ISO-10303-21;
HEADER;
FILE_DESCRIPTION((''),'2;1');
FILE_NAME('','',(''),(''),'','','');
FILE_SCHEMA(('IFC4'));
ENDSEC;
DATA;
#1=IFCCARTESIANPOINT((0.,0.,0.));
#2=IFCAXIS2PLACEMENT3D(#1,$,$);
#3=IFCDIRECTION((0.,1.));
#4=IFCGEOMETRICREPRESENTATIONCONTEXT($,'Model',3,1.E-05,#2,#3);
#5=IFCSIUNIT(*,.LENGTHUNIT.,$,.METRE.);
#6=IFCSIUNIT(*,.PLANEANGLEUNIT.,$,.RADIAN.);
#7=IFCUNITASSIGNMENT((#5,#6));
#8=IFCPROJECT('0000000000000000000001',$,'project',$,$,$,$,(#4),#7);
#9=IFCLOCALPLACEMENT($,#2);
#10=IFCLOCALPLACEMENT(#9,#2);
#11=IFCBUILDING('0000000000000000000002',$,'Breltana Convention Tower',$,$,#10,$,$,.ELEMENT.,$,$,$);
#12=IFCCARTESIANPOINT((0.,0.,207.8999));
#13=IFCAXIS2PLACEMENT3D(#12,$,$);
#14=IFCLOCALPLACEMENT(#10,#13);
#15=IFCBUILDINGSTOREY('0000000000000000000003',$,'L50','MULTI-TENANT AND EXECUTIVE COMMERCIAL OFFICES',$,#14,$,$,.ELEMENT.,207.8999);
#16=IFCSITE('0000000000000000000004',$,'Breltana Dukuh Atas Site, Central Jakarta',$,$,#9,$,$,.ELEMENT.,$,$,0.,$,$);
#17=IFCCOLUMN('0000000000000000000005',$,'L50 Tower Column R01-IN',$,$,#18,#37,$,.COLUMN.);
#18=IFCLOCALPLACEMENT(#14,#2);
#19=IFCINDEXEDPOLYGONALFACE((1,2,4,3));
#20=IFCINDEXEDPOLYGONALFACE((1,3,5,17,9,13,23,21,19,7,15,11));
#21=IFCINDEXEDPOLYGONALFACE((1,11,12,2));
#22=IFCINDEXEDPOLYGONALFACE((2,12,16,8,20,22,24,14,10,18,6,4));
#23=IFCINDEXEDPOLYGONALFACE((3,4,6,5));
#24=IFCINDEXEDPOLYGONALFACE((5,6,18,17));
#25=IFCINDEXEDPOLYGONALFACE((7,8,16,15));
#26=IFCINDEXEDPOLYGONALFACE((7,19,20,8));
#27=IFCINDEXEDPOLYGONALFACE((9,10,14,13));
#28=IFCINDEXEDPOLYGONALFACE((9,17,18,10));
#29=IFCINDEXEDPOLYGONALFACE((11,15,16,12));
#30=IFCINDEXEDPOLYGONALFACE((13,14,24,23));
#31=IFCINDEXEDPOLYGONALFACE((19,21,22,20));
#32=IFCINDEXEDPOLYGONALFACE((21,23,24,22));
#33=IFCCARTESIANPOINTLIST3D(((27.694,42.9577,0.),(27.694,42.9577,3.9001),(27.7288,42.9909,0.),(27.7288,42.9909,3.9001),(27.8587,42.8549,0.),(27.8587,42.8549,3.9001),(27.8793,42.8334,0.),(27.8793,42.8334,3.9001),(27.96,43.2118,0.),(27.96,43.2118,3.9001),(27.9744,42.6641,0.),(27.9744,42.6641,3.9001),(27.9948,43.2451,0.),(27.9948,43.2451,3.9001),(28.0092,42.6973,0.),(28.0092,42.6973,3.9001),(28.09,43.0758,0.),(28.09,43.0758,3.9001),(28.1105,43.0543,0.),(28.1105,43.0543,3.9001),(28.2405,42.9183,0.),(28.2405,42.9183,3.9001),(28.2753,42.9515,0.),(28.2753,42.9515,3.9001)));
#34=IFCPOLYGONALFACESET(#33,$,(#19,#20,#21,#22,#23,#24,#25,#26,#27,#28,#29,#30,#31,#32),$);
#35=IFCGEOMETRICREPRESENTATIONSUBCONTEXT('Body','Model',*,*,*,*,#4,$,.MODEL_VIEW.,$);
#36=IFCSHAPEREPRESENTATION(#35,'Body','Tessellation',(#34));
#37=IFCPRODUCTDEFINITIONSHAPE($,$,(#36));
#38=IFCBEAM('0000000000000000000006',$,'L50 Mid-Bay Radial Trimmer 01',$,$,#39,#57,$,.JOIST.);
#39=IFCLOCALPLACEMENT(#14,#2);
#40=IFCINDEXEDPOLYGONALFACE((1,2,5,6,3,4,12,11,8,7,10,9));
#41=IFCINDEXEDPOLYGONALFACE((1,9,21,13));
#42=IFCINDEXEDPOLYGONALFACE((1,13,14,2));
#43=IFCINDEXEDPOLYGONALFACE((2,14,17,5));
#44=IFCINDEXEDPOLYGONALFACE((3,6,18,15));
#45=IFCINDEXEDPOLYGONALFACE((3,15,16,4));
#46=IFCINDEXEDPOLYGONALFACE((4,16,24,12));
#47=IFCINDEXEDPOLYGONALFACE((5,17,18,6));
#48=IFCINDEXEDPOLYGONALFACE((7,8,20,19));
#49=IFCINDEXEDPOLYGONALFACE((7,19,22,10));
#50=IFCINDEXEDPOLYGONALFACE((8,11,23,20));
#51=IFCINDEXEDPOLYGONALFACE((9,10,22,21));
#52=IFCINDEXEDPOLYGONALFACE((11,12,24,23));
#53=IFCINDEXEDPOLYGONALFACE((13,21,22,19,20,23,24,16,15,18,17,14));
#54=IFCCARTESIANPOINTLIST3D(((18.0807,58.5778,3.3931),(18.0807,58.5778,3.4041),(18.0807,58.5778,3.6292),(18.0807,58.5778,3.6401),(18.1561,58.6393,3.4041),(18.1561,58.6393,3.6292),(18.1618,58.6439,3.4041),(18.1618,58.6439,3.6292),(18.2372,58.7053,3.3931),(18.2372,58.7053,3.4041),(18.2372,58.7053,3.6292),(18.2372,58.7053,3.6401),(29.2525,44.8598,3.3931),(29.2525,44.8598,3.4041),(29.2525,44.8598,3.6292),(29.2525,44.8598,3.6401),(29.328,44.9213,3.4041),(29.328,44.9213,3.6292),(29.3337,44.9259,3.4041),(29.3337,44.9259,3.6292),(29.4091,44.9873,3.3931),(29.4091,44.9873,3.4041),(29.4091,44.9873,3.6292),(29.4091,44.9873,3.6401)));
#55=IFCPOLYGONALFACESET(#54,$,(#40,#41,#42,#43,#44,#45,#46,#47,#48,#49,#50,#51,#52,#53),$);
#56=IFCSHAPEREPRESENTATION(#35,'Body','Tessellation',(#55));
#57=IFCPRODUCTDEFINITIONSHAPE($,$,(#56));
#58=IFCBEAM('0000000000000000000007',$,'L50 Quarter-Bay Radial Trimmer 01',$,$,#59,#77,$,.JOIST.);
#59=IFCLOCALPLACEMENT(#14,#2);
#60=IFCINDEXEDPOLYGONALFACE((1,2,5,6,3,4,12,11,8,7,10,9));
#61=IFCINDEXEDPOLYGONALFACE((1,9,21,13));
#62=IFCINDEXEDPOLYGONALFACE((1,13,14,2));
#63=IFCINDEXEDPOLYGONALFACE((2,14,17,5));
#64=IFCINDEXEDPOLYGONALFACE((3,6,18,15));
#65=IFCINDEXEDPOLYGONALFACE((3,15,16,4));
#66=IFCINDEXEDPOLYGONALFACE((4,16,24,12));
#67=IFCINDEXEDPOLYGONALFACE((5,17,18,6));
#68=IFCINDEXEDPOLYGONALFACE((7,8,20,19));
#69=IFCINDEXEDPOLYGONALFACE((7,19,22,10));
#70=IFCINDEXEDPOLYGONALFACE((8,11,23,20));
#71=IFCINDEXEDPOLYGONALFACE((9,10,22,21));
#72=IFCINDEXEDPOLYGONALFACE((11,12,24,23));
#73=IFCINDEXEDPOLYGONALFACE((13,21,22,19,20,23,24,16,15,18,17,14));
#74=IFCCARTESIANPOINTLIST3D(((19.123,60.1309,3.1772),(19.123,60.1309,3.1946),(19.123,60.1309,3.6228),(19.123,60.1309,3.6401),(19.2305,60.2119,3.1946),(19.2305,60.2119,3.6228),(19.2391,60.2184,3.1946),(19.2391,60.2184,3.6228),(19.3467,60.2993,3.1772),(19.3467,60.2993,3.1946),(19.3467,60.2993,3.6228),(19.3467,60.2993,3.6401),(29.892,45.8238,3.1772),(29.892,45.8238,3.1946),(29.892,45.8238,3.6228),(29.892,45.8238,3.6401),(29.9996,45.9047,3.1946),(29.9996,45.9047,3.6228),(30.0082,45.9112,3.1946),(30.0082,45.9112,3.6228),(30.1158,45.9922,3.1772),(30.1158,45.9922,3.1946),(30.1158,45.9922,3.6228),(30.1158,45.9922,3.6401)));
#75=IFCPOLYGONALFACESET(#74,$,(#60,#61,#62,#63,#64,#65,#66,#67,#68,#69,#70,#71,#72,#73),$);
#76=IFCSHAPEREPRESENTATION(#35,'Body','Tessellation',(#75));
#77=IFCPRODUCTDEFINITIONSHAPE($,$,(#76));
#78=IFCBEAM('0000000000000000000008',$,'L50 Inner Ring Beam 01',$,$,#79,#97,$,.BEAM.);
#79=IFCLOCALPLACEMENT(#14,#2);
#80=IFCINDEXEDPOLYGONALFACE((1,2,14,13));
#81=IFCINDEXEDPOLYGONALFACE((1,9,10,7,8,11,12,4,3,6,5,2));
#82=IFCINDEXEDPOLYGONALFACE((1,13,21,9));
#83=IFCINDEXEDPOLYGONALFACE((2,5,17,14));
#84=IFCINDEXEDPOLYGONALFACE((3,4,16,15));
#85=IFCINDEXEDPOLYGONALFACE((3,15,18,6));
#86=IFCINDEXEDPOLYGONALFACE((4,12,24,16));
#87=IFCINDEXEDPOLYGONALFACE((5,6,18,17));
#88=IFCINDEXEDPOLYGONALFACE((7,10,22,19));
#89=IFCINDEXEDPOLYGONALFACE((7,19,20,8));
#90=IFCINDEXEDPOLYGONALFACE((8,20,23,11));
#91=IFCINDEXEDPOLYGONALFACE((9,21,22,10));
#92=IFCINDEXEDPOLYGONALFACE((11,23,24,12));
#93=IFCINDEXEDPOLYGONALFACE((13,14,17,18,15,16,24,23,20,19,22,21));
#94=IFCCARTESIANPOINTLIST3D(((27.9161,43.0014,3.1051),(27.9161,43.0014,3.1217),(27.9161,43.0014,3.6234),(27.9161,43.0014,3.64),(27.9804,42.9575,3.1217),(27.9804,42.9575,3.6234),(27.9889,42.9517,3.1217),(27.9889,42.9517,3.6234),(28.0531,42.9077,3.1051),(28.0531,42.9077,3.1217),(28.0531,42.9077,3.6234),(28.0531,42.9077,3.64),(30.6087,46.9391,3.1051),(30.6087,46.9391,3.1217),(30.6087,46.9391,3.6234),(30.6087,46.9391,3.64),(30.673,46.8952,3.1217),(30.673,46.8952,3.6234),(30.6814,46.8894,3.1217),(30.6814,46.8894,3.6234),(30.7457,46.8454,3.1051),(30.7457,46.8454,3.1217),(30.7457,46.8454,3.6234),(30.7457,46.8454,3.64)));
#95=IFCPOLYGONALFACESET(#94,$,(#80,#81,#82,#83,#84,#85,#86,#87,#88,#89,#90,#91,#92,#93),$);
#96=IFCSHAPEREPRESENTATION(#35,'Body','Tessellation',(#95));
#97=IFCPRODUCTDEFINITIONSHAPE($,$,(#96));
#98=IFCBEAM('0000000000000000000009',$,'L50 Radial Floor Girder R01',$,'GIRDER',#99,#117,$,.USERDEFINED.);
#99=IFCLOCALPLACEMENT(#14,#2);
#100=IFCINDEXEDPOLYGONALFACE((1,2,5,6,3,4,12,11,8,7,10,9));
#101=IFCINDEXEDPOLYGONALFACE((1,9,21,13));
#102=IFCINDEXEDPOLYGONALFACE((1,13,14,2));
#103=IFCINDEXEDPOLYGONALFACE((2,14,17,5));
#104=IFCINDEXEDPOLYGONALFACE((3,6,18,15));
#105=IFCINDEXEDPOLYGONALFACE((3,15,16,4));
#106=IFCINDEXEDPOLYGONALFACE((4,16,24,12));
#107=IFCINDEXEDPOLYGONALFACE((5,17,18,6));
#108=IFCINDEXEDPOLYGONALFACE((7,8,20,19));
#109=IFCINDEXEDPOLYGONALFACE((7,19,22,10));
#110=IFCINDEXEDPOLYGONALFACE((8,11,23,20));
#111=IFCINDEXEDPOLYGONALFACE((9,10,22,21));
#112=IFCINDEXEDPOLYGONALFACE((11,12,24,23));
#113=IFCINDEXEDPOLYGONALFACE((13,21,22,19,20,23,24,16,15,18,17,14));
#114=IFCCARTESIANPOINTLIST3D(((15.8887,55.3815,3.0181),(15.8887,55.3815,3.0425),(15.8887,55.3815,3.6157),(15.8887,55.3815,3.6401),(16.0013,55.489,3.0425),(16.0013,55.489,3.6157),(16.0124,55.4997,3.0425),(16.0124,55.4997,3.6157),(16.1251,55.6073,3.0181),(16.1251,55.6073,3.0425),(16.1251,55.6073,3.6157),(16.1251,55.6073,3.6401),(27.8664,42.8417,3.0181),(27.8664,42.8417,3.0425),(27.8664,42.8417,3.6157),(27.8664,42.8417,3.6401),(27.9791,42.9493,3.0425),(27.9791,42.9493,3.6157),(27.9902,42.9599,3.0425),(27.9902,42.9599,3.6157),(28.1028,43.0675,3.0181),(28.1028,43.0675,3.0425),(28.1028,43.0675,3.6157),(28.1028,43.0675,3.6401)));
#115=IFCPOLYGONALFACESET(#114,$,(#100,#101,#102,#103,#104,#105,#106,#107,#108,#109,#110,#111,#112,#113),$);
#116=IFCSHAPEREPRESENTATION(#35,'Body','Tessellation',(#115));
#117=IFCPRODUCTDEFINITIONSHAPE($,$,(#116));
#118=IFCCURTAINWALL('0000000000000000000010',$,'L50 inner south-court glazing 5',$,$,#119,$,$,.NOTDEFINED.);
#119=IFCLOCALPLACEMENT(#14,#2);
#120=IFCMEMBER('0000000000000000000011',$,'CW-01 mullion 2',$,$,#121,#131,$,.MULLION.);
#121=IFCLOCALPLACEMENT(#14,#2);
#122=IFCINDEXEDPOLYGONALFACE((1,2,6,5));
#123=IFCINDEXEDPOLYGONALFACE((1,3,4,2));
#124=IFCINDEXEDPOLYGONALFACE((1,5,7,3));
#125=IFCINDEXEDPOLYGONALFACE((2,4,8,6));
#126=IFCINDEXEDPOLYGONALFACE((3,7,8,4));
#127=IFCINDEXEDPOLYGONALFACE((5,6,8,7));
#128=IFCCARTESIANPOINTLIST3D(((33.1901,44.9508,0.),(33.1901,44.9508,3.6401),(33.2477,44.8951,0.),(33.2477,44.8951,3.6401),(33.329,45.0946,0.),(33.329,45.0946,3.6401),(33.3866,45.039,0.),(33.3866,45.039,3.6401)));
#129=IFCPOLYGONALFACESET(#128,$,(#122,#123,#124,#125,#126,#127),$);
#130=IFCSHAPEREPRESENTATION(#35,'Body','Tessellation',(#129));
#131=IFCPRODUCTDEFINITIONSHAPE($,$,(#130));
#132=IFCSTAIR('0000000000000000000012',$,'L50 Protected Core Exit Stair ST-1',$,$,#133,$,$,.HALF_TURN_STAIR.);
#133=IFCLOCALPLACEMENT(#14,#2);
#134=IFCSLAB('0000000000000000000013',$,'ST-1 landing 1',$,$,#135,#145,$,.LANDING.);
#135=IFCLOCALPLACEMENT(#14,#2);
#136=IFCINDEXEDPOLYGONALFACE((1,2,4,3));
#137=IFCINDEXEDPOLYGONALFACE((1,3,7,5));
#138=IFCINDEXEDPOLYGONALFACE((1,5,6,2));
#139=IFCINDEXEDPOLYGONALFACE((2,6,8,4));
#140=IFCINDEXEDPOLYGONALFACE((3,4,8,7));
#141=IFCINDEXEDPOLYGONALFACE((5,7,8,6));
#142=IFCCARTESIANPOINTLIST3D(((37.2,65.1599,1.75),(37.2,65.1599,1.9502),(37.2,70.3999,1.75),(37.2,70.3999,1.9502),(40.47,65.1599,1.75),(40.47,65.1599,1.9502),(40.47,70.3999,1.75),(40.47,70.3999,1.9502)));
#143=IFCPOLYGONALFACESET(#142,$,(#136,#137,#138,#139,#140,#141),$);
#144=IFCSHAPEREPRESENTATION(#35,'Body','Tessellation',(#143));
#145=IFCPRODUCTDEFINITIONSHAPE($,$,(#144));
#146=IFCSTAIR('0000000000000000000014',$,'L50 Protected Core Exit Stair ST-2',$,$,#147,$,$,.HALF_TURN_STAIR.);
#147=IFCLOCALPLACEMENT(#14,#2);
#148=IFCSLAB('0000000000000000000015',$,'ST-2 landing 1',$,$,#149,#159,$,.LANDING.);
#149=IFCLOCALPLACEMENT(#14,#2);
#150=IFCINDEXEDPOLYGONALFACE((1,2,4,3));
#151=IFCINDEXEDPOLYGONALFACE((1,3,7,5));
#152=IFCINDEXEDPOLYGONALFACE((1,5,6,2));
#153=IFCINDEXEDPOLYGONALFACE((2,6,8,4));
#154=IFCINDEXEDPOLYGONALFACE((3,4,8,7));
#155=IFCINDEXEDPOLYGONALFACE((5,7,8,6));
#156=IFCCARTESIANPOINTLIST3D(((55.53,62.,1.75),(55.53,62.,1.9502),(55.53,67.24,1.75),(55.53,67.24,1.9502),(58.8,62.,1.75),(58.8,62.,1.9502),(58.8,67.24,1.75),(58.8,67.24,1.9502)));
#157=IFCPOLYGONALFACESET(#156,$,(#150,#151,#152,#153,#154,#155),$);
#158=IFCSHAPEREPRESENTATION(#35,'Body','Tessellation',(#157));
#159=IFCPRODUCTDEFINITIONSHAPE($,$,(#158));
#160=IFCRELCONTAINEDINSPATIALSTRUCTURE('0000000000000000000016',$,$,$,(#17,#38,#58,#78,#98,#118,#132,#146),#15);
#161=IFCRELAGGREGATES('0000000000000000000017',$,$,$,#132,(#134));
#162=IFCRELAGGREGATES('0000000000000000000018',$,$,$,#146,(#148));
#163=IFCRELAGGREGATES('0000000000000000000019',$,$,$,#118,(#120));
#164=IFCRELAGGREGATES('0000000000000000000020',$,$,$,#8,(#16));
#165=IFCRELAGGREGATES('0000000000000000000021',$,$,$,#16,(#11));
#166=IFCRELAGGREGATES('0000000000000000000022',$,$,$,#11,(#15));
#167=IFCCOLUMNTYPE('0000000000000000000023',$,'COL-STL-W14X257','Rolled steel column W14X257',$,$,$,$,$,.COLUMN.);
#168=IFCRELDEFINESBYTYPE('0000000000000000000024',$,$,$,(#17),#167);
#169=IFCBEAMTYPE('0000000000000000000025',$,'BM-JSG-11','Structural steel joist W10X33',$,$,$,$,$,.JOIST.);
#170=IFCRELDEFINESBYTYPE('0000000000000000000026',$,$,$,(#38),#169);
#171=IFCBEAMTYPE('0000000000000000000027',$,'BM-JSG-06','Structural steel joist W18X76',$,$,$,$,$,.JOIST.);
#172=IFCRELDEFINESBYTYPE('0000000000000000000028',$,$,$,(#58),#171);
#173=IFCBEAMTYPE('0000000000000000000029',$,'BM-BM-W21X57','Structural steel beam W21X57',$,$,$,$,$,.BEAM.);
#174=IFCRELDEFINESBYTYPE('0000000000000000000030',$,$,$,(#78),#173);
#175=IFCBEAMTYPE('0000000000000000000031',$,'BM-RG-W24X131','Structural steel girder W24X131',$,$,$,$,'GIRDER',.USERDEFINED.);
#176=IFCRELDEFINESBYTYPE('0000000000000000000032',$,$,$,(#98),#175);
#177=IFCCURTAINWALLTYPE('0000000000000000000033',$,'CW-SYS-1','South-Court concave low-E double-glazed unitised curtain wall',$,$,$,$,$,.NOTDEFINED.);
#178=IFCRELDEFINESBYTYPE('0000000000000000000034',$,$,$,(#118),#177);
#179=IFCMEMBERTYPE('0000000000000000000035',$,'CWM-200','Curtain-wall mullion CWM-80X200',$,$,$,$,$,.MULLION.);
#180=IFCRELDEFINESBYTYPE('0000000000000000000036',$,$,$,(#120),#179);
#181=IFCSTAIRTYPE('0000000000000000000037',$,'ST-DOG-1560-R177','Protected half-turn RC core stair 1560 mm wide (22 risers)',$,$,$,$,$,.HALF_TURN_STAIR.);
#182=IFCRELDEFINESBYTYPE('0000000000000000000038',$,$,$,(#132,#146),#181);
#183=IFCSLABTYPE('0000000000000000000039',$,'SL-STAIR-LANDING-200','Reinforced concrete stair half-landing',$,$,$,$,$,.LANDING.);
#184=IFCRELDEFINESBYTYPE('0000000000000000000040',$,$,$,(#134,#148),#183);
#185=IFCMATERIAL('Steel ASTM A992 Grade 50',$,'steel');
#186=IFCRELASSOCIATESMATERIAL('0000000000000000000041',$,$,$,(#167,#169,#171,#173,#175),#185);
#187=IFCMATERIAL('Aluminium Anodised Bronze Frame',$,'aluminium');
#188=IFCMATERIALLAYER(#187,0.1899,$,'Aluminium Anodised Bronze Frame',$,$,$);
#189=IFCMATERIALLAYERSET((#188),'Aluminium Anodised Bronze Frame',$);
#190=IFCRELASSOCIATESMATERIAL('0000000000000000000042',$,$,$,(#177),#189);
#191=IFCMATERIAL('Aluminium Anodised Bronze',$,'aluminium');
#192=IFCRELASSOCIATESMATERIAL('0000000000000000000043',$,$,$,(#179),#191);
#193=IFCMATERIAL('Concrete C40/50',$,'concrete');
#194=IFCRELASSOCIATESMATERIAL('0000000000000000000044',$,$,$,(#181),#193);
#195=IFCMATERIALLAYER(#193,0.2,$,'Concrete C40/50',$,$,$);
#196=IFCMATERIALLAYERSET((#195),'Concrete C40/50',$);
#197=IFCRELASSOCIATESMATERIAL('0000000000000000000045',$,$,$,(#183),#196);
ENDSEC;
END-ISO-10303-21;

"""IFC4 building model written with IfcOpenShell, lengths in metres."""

from ifc_helpers import new_model, si_unit, direction, frame, origin, origin_2d, place, context, subcontext, project, spatial, polyline, rectangle, i_section, outline, extrude, source, transform, mapped, material, layer, layer_set, material_profile, profile_set, type_object, type_shapes, element, aggregate, save


model = new_model("IFC4")

# Units and contexts
model_context = context("Model", 3, precision=1e-05, world=origin(), true_north=direction((0.0, 1.0)))
body_context = subcontext(model_context, "Body", "Model", "MODEL_VIEW")
ifc_project = project(units=[si_unit("LENGTHUNIT", "METRE"), si_unit("PLANEANGLEUNIT", "RADIAN")], contexts=[model_context])

# Site, building, storey
site_placement = place(None, origin())
site = spatial("IfcSite", under=ifc_project, at=site_placement, Name="Breltana Dukuh Atas Site, Central Jakarta", CompositionType="ELEMENT", RefElevation=0.0)
building_placement = place(site_placement, origin())
building = spatial("IfcBuilding", under=site, at=building_placement, Name="Breltana Convention Tower", CompositionType="ELEMENT")
storey_placement = place(building_placement, frame((0.0, 0.0, 207.8999)))
storey = spatial("IfcBuildingStorey", under=building, at=storey_placement, Name="L50", Description="MULTI-TENANT AND EXECUTIVE COMMERCIAL OFFICES", CompositionType="ELEMENT", Elevation=207.8999)

# Column
ifc_material_1 = material(Name="Steel ASTM A992 Grade 50", Category="steel")
ifc_material_profile_1 = material_profile(ifc_material_1, i_section(OverallWidth=0.406, OverallDepth=0.416, WebThickness=0.0298, FlangeThickness=0.0481, at=origin_2d()), Name="W14X257")
ifc_profile_set_1 = profile_set([ifc_material_profile_1], Name="Steel ASTM A992 Grade 50")
column_type = type_object("IfcColumnType", Name="COL-STL-W14X257", Description="Rolled steel column W14X257", PredefinedType="COLUMN", material=ifc_profile_set_1)
shared_shape_1 = source(origin(), body_context, "Body", "SweptSolid", [
    extrude(i_section(OverallWidth=0.406, OverallDepth=0.416, WebThickness=0.0298, FlangeThickness=0.0481, at=origin_2d()), origin(), (0.0, 0.0, 1.0), 3.9001),
])
column_placement = place(storey_placement, frame((27.9846, 42.9546, 0.0), z_axis=(0.0, 0.0, 1.0), x_axis=(-0.690756, 0.723088, 0.0)))
element("IfcColumn", 1, at=column_placement, inside=storey, type_object=column_type, Name="L50 Tower Column R01-IN", PredefinedType="COLUMN", context=body_context, shape_type="MappedRepresentation", body=[
    mapped(shared_shape_1, transform((0.0, 0.0, 0.0), scale=1.0)),
])

# Beams
ifc_material_profile_2 = material_profile(ifc_material_1, i_section(OverallWidth=0.2019, OverallDepth=0.2471, WebThickness=0.0073, FlangeThickness=0.011, at=origin_2d()), Name="W10X33")
ifc_profile_set_2 = profile_set([ifc_material_profile_2], Name="Steel ASTM A992 Grade 50")
beam_type_1 = type_object("IfcBeamType", Name="BM-JSG-11", Description="Structural steel joist W10X33", PredefinedType="JOIST", material=ifc_profile_set_2)
shared_shape_2 = source(origin(), body_context, "Body", "SweptSolid", [
    extrude(i_section(OverallWidth=0.2019, OverallDepth=0.2471, WebThickness=0.0073, FlangeThickness=0.011, at=origin_2d()), origin(), (0.0, 0.0, 1.0), 17.6917),
])
type_shapes(beam_type_1, [shared_shape_2])
beam_1_placement = place(storey_placement, frame((29.3308, 44.9236, 3.5166), z_axis=(-0.631477, 0.775395, 0.0), x_axis=(-0.775395, -0.631477, 0.0)))
element("IfcBeam", 2, at=beam_1_placement, inside=storey, type_object=beam_type_1, Name="L50 Mid-Bay Radial Trimmer 01", PredefinedType="JOIST", context=body_context, shape_type="MappedRepresentation", body=[
    mapped(shared_shape_2, transform((0.0, 0.0, 0.0), scale=1.0)),
])
ifc_material_profile_3 = material_profile(ifc_material_1, i_section(OverallWidth=0.28, OverallDepth=0.4629, WebThickness=0.0107, FlangeThickness=0.0173, at=origin_2d()), Name="W18X76")
ifc_profile_set_3 = profile_set([ifc_material_profile_3], Name="Steel ASTM A992 Grade 50")
beam_type_2 = type_object("IfcBeamType", Name="BM-JSG-06", Description="Structural steel joist W18X76", PredefinedType="JOIST", material=ifc_profile_set_3)
shared_shape_3 = source(origin(), body_context, "Body", "SweptSolid", [
    extrude(i_section(OverallWidth=0.28, OverallDepth=0.4629, WebThickness=0.0107, FlangeThickness=0.0173, at=origin_2d()), origin(), (0.0, 0.0, 1.0), 17.9072),
])
beam_2_placement = place(storey_placement, frame((30.0039, 45.908, 3.4087), z_axis=(-0.601382, 0.798962, 0.0), x_axis=(-0.798962, -0.601382, 0.0)))
element("IfcBeam", 3, at=beam_2_placement, inside=storey, type_object=beam_type_2, Name="L50 Quarter-Bay Radial Trimmer 01", PredefinedType="JOIST", context=body_context, shape_type="MappedRepresentation", body=[
    mapped(shared_shape_3, transform((0.0, 0.0, 0.0), scale=1.0)),
])
ifc_material_profile_4 = material_profile(ifc_material_1, i_section(OverallWidth=0.166, OverallDepth=0.5349, WebThickness=0.0103, FlangeThickness=0.0166, at=origin_2d()), Name="W21X57")
ifc_profile_set_4 = profile_set([ifc_material_profile_4], Name="Steel ASTM A992 Grade 50")
beam_type_3 = type_object("IfcBeamType", Name="BM-BM-W21X57", Description="Structural steel beam W21X57", PredefinedType="BEAM", material=ifc_profile_set_4)
shared_shape_4 = source(origin(), body_context, "Body", "SweptSolid", [
    extrude(i_section(OverallWidth=0.166, OverallDepth=0.5349, WebThickness=0.0103, FlangeThickness=0.0166, at=origin_2d()), origin(), (0.0, 0.0, 1.0), 4.7703),
])
beam_3_placement = place(storey_placement, frame((27.9846, 42.9546, 3.3726), z_axis=(0.564453, 0.825465, 0.0), x_axis=(-0.825465, 0.564453, 0.0)))
element("IfcBeam", 4, at=beam_3_placement, inside=storey, type_object=beam_type_3, Name="L50 Inner Ring Beam 01", PredefinedType="BEAM", context=body_context, shape_type="MappedRepresentation", body=[
    mapped(shared_shape_4, transform((0.0, 0.0, 0.0), scale=1.0)),
])
ifc_material_profile_5 = material_profile(ifc_material_1, i_section(OverallWidth=0.3269, OverallDepth=0.6221, WebThickness=0.0154, FlangeThickness=0.0244, at=origin_2d()), Name="W24X131")
ifc_profile_set_5 = profile_set([ifc_material_profile_5], Name="Steel ASTM A992 Grade 50")
beam_type_4 = type_object("IfcBeamType", Name="BM-RG-W24X131", Description="Structural steel girder W24X131", ElementType="GIRDER", PredefinedType="USERDEFINED", material=ifc_profile_set_5)
shared_shape_5 = source(origin(), body_context, "Body", "SweptSolid", [
    extrude(i_section(OverallWidth=0.3269, OverallDepth=0.6221, WebThickness=0.0154, FlangeThickness=0.0244, at=origin_2d()), origin(), (0.0, 0.0, 1.0), 17.3411),
])
type_shapes(beam_type_4, [shared_shape_5])
beam_4_placement = place(storey_placement, frame((27.9846, 42.9546, 3.3291), z_axis=(-0.690716, 0.723126, 0.0), x_axis=(-0.723126, -0.690716, 0.0)))
element("IfcBeam", 5, at=beam_4_placement, inside=storey, type_object=beam_type_4, Name="L50 Radial Floor Girder R01", ObjectType="GIRDER", PredefinedType="USERDEFINED", context=body_context, shape_type="MappedRepresentation", body=[
    mapped(shared_shape_5, transform((0.0, 0.0, 0.0), scale=1.0)),
])

# Curtain wall, member
ifc_material_2 = material(Name="Aluminium Anodised Bronze Frame", Category="aluminium")
ifc_layer_1 = layer(ifc_material_2, 0.1899, Name="Aluminium Anodised Bronze Frame")
ifc_layer_set_1 = layer_set([ifc_layer_1], Name="Aluminium Anodised Bronze Frame")
curtain_wall_type = type_object("IfcCurtainWallType", Name="CW-SYS-1", Description="South-Court concave low-E double-glazed unitised curtain wall", PredefinedType="NOTDEFINED", material=ifc_layer_set_1)
curtain_wall_placement = place(storey_placement, origin())
curtain_wall = element("IfcCurtainWall", 6, at=curtain_wall_placement, inside=storey, type_object=curtain_wall_type, Name="L50 inner south-court glazing 5", PredefinedType="NOTDEFINED")
ifc_material_3 = material(Name="Aluminium Anodised Bronze", Category="aluminium")
ifc_material_profile_6 = material_profile(ifc_material_3, rectangle(XDim=0.0801, YDim=0.2, at=origin_2d()), Name="CWM-80X200")
ifc_profile_set_6 = profile_set([ifc_material_profile_6], Name="Aluminium Anodised Bronze")
member_type = type_object("IfcMemberType", Name="CWM-200", Description="Curtain-wall mullion CWM-80X200", PredefinedType="MULLION", material=ifc_profile_set_6)
shared_shape_6 = source(origin(), body_context, "Body", "SweptSolid", [
    extrude(rectangle(XDim=0.0801, YDim=0.2, at=origin_2d()), origin(), (0.0, 0.0, 1.0), 3.6401),
])
member_placement = place(storey_placement, frame((33.2883, 44.9949, 0.0), z_axis=(0.0, 0.0, 1.0), x_axis=(0.719366, -0.694632, 0.0)))
member = element("IfcMember", 7, at=member_placement, type_object=member_type, Name="CW-01 mullion 2", PredefinedType="MULLION", context=body_context, shape_type="MappedRepresentation", body=[
    mapped(shared_shape_6, transform((0.0, 0.0, 0.0), scale=1.0)),
])

# Stairs, slabs
ifc_material_4 = material(Name="Concrete C40/50", Category="concrete")
stair_type = type_object("IfcStairType", Name="ST-DOG-1560-R177", Description="Protected half-turn RC core stair 1560 mm wide (22 risers)", PredefinedType="HALF_TURN_STAIR", material=ifc_material_4)
stair_1_placement = place(storey_placement, origin())
stair_1 = element("IfcStair", 8, at=stair_1_placement, inside=storey, type_object=stair_type, Name="L50 Protected Core Exit Stair ST-1", PredefinedType="HALF_TURN_STAIR")
ifc_layer_2 = layer(ifc_material_4, 0.2, Name="Concrete C40/50")
ifc_layer_set_2 = layer_set([ifc_layer_2], Name="Concrete C40/50")
slab_type_1 = type_object("IfcSlabType", Name="SL-STAIR-LANDING-200", Description="Reinforced concrete stair half-landing", PredefinedType="LANDING", material=ifc_layer_set_2)
slab_1_placement = place(storey_placement, frame((0.0, 0.0, 1.75)))
slab_1 = element("IfcSlab", 9, at=slab_1_placement, type_object=slab_type_1, Name="ST-1 landing 1", PredefinedType="LANDING", context=body_context, shape_type="SweptSolid", body=[
    extrude(outline(polyline([(40.47, 65.1599), (40.47, 70.3999), (37.2, 70.3999), (37.2, 65.1599), (40.47, 65.1599)])), origin(), (0.0, 0.0, 1.0), 0.2002),
])
aggregate(stair_1, [slab_1])
stair_2_placement = place(storey_placement, origin())
stair_2 = element("IfcStair", 10, at=stair_2_placement, inside=storey, type_object=stair_type, Name="L50 Protected Core Exit Stair ST-2", PredefinedType="HALF_TURN_STAIR")
slab_2_placement = place(storey_placement, frame((0.0, 0.0, 1.75)))
slab_2 = element("IfcSlab", 11, at=slab_2_placement, type_object=slab_type_1, Name="ST-2 landing 1", PredefinedType="LANDING", context=body_context, shape_type="SweptSolid", body=[
    extrude(outline(polyline([(55.53, 67.24), (55.53, 62.0), (58.8, 62.0), (58.8, 67.24), (55.53, 67.24)])), origin(), (0.0, 0.0, 1.0), 0.2002),
])
aggregate(stair_2, [slab_2])

aggregate(curtain_wall, [member])

save(model, "model.ifc")
